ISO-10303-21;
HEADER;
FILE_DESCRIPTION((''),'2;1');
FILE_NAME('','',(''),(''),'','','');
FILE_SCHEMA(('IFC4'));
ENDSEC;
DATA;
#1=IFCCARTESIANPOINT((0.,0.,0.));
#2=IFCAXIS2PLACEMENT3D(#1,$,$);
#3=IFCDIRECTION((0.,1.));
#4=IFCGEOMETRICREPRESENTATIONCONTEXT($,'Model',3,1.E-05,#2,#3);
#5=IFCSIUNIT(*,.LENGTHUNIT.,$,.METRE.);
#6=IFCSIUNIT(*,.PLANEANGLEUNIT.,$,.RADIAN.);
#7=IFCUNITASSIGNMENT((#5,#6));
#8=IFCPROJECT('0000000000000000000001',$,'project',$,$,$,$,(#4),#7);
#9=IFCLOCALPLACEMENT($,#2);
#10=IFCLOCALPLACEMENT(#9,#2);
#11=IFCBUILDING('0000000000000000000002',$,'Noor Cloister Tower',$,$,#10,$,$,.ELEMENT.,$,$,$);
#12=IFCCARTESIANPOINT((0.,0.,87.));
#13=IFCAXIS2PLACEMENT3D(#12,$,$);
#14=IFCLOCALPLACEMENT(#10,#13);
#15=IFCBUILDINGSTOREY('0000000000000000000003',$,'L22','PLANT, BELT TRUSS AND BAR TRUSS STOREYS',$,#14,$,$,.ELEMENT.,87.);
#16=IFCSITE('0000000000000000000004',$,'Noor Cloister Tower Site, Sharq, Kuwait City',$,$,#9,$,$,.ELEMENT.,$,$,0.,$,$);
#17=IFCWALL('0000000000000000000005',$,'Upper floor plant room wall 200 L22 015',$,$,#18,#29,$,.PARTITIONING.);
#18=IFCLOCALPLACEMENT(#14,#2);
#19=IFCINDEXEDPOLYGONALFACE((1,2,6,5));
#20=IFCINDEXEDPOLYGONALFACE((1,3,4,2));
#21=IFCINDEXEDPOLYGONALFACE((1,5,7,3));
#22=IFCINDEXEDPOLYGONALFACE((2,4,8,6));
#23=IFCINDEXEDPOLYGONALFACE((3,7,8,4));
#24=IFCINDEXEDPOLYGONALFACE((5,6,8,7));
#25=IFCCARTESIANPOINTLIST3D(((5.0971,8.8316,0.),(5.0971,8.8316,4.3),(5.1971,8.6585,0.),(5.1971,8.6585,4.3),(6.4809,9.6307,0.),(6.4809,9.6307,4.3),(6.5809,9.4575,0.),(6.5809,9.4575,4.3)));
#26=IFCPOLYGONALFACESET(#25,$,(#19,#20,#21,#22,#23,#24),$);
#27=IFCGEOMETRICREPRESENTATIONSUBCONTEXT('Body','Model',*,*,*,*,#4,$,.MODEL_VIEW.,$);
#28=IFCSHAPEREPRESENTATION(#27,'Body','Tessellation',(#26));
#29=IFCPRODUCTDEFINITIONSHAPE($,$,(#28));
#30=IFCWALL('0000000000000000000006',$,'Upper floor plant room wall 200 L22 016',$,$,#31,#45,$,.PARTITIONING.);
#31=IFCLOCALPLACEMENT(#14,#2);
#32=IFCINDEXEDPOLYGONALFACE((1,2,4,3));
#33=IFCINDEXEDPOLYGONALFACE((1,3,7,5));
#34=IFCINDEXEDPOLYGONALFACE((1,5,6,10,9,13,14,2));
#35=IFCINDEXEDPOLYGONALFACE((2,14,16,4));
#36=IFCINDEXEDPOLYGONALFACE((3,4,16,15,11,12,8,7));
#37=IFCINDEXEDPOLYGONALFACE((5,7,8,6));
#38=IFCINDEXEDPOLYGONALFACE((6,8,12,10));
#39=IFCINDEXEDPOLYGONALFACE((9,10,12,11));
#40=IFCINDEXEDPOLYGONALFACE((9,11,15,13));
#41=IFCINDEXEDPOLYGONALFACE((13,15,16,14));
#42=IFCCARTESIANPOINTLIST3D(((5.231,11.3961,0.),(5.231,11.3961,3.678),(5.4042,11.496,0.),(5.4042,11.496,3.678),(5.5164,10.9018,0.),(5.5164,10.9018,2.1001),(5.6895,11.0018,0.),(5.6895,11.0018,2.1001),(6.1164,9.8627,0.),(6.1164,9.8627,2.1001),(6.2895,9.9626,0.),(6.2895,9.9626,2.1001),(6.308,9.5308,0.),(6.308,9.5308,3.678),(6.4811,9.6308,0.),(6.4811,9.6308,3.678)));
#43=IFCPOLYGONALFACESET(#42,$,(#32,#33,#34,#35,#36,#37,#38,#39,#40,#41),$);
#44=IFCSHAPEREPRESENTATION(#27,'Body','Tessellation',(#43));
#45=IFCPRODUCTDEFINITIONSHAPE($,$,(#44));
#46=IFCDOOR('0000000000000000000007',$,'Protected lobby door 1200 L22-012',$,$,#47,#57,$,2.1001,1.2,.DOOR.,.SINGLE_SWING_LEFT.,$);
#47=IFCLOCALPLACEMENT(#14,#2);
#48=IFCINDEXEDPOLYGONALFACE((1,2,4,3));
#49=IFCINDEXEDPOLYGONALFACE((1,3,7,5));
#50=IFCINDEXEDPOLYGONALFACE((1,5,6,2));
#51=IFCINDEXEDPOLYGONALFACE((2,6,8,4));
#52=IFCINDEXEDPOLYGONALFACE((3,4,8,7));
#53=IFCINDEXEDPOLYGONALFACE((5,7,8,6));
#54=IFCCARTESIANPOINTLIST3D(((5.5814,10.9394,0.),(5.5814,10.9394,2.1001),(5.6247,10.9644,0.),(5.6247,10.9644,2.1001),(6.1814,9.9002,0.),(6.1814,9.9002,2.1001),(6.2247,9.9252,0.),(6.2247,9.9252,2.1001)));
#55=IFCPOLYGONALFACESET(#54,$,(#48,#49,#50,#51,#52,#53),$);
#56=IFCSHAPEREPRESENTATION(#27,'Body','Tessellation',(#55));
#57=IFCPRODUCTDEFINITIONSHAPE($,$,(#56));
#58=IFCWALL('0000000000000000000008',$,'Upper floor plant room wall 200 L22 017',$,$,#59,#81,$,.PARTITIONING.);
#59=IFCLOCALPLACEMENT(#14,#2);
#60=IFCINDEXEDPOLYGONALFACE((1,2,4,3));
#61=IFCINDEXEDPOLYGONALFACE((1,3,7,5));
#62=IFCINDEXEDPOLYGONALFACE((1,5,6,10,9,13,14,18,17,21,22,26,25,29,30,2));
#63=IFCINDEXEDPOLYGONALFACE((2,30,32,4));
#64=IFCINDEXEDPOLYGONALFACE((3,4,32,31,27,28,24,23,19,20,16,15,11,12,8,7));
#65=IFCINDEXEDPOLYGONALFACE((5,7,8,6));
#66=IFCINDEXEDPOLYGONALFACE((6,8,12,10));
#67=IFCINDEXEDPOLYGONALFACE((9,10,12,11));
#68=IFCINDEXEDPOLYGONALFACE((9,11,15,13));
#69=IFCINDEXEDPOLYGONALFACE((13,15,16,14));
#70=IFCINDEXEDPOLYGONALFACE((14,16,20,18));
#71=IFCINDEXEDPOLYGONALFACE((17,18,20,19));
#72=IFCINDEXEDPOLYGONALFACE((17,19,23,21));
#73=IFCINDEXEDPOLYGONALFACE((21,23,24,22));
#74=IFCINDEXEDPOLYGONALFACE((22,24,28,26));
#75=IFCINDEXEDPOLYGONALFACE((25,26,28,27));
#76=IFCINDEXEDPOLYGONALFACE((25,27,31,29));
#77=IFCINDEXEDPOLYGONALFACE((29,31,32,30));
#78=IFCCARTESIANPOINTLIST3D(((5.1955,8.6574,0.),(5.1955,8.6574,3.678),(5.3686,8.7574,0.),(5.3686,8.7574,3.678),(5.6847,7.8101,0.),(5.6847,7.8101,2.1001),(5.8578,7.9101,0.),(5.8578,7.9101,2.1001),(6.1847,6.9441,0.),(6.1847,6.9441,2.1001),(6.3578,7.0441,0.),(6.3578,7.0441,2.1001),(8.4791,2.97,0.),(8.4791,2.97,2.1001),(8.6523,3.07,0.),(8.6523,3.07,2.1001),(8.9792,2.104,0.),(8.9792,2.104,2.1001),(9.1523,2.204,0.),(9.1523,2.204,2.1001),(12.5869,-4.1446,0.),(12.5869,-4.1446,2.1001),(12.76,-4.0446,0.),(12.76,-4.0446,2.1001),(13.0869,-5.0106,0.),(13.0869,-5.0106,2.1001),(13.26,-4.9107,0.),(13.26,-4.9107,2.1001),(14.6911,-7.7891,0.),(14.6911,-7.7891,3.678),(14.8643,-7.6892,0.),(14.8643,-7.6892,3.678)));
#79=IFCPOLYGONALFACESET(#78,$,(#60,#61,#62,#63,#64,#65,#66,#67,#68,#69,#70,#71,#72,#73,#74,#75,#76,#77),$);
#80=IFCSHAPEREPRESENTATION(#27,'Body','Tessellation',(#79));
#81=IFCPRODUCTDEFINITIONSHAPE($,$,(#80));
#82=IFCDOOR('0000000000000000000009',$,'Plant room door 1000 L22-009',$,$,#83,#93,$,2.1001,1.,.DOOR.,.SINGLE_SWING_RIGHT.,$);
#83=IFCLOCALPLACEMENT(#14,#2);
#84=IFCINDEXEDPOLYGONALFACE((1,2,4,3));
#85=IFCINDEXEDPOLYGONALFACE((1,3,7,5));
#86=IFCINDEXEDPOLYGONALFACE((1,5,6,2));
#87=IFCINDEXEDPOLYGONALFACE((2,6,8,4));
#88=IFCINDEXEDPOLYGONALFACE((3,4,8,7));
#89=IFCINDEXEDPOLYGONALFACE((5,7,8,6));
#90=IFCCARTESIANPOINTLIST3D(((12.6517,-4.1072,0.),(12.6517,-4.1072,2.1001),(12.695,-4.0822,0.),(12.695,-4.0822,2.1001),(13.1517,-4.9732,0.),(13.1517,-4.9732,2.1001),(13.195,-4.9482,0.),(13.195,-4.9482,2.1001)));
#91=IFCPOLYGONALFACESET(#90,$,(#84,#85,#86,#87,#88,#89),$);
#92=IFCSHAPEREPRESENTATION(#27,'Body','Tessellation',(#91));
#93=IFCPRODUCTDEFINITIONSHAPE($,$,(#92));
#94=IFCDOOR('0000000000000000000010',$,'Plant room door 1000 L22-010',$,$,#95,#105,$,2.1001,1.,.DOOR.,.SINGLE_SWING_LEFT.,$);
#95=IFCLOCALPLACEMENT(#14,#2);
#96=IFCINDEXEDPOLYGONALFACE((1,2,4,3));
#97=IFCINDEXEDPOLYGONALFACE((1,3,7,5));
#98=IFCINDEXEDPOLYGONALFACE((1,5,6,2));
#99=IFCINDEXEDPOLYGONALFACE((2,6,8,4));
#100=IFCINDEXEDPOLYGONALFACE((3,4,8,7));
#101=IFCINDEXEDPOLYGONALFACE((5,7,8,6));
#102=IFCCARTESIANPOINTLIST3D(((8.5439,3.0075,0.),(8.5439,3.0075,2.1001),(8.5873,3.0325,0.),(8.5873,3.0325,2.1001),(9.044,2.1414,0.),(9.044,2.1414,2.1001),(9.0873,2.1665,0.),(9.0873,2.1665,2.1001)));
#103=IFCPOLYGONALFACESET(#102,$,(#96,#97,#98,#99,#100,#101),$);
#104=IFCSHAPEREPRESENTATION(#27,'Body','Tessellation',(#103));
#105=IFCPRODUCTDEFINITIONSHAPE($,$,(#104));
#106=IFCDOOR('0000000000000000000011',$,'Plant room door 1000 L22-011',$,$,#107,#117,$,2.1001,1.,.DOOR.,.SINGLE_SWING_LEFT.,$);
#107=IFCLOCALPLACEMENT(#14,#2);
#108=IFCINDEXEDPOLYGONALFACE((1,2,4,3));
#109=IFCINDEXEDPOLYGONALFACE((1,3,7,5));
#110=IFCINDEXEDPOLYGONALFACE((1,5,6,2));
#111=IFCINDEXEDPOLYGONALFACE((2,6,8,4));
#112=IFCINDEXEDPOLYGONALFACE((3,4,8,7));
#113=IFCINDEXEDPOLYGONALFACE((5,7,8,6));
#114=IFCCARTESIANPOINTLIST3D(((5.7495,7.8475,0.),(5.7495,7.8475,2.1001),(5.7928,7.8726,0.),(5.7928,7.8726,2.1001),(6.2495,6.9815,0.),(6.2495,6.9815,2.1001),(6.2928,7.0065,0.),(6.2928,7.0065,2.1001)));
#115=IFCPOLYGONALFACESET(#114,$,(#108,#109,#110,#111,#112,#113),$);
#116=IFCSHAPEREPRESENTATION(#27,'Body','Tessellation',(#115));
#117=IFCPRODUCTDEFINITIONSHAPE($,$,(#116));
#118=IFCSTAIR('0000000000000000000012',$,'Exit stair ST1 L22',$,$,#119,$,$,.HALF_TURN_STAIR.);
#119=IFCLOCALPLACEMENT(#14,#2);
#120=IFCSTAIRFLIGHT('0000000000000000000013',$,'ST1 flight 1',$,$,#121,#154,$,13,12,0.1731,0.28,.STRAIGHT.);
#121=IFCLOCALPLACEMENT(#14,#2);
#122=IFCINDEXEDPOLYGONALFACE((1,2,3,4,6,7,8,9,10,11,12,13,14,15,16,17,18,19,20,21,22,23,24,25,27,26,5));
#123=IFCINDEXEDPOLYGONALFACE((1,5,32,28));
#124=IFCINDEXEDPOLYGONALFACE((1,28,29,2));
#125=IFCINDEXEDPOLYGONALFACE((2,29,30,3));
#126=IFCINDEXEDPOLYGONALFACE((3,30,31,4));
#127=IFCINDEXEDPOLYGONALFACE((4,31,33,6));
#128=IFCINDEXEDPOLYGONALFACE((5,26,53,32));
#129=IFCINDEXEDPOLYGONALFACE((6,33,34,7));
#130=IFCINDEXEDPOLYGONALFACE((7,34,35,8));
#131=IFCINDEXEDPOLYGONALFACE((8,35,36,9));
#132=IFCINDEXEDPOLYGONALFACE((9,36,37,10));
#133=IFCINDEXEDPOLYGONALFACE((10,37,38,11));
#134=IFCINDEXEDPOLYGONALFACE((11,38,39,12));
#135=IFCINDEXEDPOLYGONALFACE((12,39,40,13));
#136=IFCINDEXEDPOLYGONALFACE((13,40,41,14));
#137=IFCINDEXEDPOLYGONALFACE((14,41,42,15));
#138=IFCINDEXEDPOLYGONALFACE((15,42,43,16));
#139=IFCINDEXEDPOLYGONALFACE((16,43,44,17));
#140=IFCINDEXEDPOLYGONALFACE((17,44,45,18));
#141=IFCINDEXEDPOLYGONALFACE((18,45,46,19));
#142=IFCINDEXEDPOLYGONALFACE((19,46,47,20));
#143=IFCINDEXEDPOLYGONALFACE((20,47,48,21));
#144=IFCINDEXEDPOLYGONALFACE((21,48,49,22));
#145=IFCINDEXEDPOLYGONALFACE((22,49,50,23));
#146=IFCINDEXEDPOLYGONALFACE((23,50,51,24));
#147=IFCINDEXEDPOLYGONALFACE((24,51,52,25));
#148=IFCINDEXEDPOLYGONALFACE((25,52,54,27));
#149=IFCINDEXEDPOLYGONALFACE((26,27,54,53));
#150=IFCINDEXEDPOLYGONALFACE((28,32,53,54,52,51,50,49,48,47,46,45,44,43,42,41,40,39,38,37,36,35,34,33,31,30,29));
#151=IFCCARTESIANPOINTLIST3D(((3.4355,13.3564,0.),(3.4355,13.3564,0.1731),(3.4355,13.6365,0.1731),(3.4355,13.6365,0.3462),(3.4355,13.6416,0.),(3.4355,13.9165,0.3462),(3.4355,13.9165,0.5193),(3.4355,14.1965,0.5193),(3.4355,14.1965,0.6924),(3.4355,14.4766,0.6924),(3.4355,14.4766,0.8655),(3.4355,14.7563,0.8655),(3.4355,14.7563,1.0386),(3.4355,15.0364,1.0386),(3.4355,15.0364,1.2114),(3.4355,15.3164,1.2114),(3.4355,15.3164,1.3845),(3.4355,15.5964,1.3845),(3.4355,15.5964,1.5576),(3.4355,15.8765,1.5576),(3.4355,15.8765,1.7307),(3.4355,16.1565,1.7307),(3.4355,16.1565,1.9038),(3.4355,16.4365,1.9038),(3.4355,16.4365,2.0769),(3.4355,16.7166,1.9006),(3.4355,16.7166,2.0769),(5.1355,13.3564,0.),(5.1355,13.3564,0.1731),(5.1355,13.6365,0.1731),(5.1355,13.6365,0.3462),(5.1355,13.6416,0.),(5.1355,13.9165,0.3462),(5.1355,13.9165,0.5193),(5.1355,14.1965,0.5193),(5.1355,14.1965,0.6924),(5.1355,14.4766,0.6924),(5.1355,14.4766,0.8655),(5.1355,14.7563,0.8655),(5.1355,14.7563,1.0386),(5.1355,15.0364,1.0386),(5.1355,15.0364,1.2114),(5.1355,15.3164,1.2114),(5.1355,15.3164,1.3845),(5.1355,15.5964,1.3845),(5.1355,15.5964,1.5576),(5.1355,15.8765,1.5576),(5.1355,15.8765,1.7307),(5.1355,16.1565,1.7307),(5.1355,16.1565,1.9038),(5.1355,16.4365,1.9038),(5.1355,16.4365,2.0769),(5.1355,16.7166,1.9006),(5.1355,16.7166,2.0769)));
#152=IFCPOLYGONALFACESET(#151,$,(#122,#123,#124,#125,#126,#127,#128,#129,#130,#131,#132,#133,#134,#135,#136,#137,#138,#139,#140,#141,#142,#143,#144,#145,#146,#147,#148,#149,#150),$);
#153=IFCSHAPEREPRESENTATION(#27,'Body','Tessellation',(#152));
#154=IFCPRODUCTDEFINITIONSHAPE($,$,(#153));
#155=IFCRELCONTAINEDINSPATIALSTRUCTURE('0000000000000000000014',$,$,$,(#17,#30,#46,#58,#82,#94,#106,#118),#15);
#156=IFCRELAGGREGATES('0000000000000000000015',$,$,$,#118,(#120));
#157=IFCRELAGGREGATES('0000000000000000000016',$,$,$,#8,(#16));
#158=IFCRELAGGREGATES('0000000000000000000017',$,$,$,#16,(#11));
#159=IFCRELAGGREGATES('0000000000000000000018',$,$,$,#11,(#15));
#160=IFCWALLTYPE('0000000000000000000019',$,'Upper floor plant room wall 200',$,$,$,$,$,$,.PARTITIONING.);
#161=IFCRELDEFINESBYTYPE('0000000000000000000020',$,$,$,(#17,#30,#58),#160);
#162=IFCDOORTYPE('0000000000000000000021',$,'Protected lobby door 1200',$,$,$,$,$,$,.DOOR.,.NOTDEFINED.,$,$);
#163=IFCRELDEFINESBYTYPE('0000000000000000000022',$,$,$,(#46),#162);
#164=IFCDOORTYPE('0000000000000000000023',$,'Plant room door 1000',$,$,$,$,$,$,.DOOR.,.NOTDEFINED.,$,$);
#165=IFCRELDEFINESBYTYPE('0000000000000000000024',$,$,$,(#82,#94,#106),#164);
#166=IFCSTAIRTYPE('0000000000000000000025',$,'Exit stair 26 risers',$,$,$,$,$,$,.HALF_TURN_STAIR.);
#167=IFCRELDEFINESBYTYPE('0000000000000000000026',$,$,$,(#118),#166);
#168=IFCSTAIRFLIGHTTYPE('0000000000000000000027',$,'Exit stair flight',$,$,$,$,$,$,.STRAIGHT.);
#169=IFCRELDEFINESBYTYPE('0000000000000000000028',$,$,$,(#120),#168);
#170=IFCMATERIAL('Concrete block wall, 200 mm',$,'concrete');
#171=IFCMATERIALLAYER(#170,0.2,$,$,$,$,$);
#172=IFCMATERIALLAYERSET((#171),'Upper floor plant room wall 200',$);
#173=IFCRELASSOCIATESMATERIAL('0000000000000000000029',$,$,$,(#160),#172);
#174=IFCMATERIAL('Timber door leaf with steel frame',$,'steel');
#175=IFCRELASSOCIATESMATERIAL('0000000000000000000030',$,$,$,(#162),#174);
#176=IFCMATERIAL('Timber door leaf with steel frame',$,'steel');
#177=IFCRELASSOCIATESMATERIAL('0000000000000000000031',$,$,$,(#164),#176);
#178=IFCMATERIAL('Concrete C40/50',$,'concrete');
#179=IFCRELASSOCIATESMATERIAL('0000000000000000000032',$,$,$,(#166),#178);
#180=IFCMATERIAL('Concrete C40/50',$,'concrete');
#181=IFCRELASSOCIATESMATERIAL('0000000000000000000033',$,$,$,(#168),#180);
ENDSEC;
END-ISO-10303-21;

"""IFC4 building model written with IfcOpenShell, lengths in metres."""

from ifc_helpers import new_model, si_unit, direction, frame, frame_2d, origin, place, context, subcontext, project, spatial, polyline, rectangle, outline, extrude, material, layer, layer_set, type_object, element, fill, aggregate, save


model = new_model("IFC4")

# Units and contexts
model_context = context("Model", 3, precision=1e-05, world=origin(), true_north=direction((0.0, 1.0)))
body_context = subcontext(model_context, "Body", "Model", "MODEL_VIEW")
ifc_project = project(units=[si_unit("LENGTHUNIT", "METRE"), si_unit("PLANEANGLEUNIT", "RADIAN")], contexts=[model_context])

# Site, building, storey
site_placement = place(None, origin())
site = spatial("IfcSite", under=ifc_project, at=site_placement, Name="Noor Cloister Tower Site, Sharq, Kuwait City", CompositionType="ELEMENT", RefElevation=0.0)
building_placement = place(site_placement, origin())
building = spatial("IfcBuilding", under=site, at=building_placement, Name="Noor Cloister Tower", CompositionType="ELEMENT")
storey_placement = place(building_placement, frame((0.0, 0.0, 87.0)))
storey = spatial("IfcBuildingStorey", under=building, at=storey_placement, Name="L22", Description="PLANT, BELT TRUSS AND BAR TRUSS STOREYS", CompositionType="ELEMENT", Elevation=87.0)

# Wall
ifc_material_1 = material(Name="Concrete block wall, 200 mm", Category="concrete")
ifc_layer_1 = layer(ifc_material_1, 0.2)
ifc_layer_set_1 = layer_set([ifc_layer_1], Name="Upper floor plant room wall 200")
wall_type_1 = type_object("IfcWallType", Name="Upper floor plant room wall 200", PredefinedType="PARTITIONING", material=ifc_layer_set_1)
wall_1_placement = place(storey_placement, frame((5.1472, 8.7451, 0.0), z_axis=(0.0, 0.0, 1.0), x_axis=(0.865987, 0.500066, 0.0)))
element("IfcWall", 1, at=wall_1_placement, inside=storey, type_object=wall_type_1, Name="Upper floor plant room wall 200 L22 015", PredefinedType="PARTITIONING", context=body_context, shape_type="SweptSolid", body=[
    extrude(rectangle(XDim=1.5979, YDim=0.2, at=frame_2d((0.7988, 0.0))), origin(), (0.0, 0.0, 1.0), 4.3),
])

# Wall, opening, door
wall_2_placement = place(storey_placement, frame((6.3945, 9.5808, 0.0), z_axis=(0.0, 0.0, 1.0), x_axis=(-0.500004, 0.866023, 0.0)))
wall_2 = element("IfcWall", 2, at=wall_2_placement, inside=storey, type_object=wall_type_1, Name="Upper floor plant room wall 200 L22 016", PredefinedType="PARTITIONING", context=body_context, shape_type="SweptSolid", body=[
    extrude(rectangle(XDim=2.1538, YDim=0.2, at=frame_2d((1.0769, 0.0))), origin(), (0.0, 0.0, 1.0), 3.678),
])
opening_1_placement = place(wall_2_placement, frame((0.3831, 0.0, 0.0)))
opening_1 = element("IfcOpeningElement", 3, at=opening_1_placement, cuts=wall_2, PredefinedType="OPENING", context=body_context, shape_type="SweptSolid", body=[
    extrude(rectangle(XDim=1.2, YDim=2.1001, at=frame_2d((0.6001, 1.05))), frame((0.0, 0.1099, 0.0), z_axis=(0.0, -1.0, 0.0), x_axis=(1.0, 0.0, 0.0)), (0.0, 0.0, 1.0), 0.22),
])
ifc_material_2 = material(Name="Timber door leaf with steel frame", Category="steel")
door_type_1 = type_object("IfcDoorType", Name="Protected lobby door 1200", OperationType="NOTDEFINED", PredefinedType="DOOR", material=ifc_material_2)
door_1_placement = place(opening_1_placement, origin())
door_1 = element("IfcDoor", 4, at=door_1_placement, inside=storey, type_object=door_type_1, Name="Protected lobby door 1200 L22-012", OperationType="SINGLE_SWING_LEFT", OverallHeight=2.1001, OverallWidth=1.2, PredefinedType="DOOR", context=body_context, shape_type="SweptSolid", body=[
    extrude(rectangle(XDim=1.2, YDim=2.1001, at=frame_2d((0.6001, 1.05))), frame((0.0, 0.0249, 0.0), z_axis=(0.0, -1.0, 0.0), x_axis=(1.0, 0.0, 0.0)), (0.0, 0.0, 1.0), 0.05),
])
fill(opening_1, door_1)

# Wall, openings, doors
wall_3_placement = place(storey_placement, frame((5.282, 8.7075, 0.0), z_axis=(0.0, 0.0, 1.0), x_axis=(0.500008, -0.866021, 0.0)))
wall_3 = element("IfcWall", 5, at=wall_3_placement, inside=storey, type_object=wall_type_1, Name="Upper floor plant room wall 200 L22 017", PredefinedType="PARTITIONING", context=body_context, shape_type="SweptSolid", body=[
    extrude(rectangle(XDim=18.991, YDim=0.2, at=frame_2d((9.4956, 0.0))), origin(), (0.0, 0.0, 1.0), 3.678),
])
opening_2_placement = place(wall_3_placement, frame((14.7827, 0.0, 0.0)))
opening_2 = element("IfcOpeningElement", 6, at=opening_2_placement, cuts=wall_3, PredefinedType="OPENING", context=body_context, shape_type="SweptSolid", body=[
    extrude(rectangle(XDim=1.0, YDim=2.1001, at=frame_2d((0.5, 1.05))), frame((0.0, 0.1099, 0.0), z_axis=(0.0, -1.0, 0.0), x_axis=(1.0, 0.0, 0.0)), (0.0, 0.0, 1.0), 0.22),
])
opening_3_placement = place(wall_3_placement, frame((6.5674, 0.0, 0.0)))
opening_3 = element("IfcOpeningElement", 7, at=opening_3_placement, cuts=wall_3, PredefinedType="OPENING", context=body_context, shape_type="SweptSolid", body=[
    extrude(rectangle(XDim=1.0, YDim=2.1001, at=frame_2d((0.5, 1.05))), frame((0.0, 0.1099, 0.0), z_axis=(0.0, -1.0, 0.0), x_axis=(1.0, 0.0, 0.0)), (0.0, 0.0, 1.0), 0.22),
])
opening_4_placement = place(wall_3_placement, frame((0.9785, 0.0, 0.0)))
opening_4 = element("IfcOpeningElement", 8, at=opening_4_placement, cuts=wall_3, PredefinedType="OPENING", context=body_context, shape_type="SweptSolid", body=[
    extrude(rectangle(XDim=1.0, YDim=2.1001, at=frame_2d((0.5, 1.05))), frame((0.0, 0.1099, 0.0), z_axis=(0.0, -1.0, 0.0), x_axis=(1.0, 0.0, 0.0)), (0.0, 0.0, 1.0), 0.22),
])
ifc_material_3 = material(Name="Timber door leaf with steel frame", Category="steel")
door_type_2 = type_object("IfcDoorType", Name="Plant room door 1000", OperationType="NOTDEFINED", PredefinedType="DOOR", material=ifc_material_3)
door_2_placement = place(opening_2_placement, origin())
door_2 = element("IfcDoor", 9, at=door_2_placement, inside=storey, type_object=door_type_2, Name="Plant room door 1000 L22-009", OperationType="SINGLE_SWING_RIGHT", OverallHeight=2.1001, OverallWidth=1.0, PredefinedType="DOOR", context=body_context, shape_type="SweptSolid", body=[
    extrude(rectangle(XDim=1.0, YDim=2.1001, at=frame_2d((0.5, 1.05))), frame((0.0, 0.0249, 0.0), z_axis=(0.0, -1.0, 0.0), x_axis=(1.0, 0.0, 0.0)), (0.0, 0.0, 1.0), 0.05),
])
fill(opening_2, door_2)
door_3_placement = place(opening_3_placement, origin())
door_3 = element("IfcDoor", 10, at=door_3_placement, inside=storey, type_object=door_type_2, Name="Plant room door 1000 L22-010", OperationType="SINGLE_SWING_LEFT", OverallHeight=2.1001, OverallWidth=1.0, PredefinedType="DOOR", context=body_context, shape_type="SweptSolid", body=[
    extrude(rectangle(XDim=1.0, YDim=2.1001, at=frame_2d((0.5, 1.05))), frame((0.0, 0.0249, 0.0), z_axis=(0.0, -1.0, 0.0), x_axis=(1.0, 0.0, 0.0)), (0.0, 0.0, 1.0), 0.05),
])
fill(opening_3, door_3)
door_4_placement = place(opening_4_placement, origin())
door_4 = element("IfcDoor", 11, at=door_4_placement, inside=storey, type_object=door_type_2, Name="Plant room door 1000 L22-011", OperationType="SINGLE_SWING_LEFT", OverallHeight=2.1001, OverallWidth=1.0, PredefinedType="DOOR", context=body_context, shape_type="SweptSolid", body=[
    extrude(rectangle(XDim=1.0, YDim=2.1001, at=frame_2d((0.5, 1.05))), frame((0.0, 0.0249, 0.0), z_axis=(0.0, -1.0, 0.0), x_axis=(1.0, 0.0, 0.0)), (0.0, 0.0, 1.0), 0.05),
])
fill(opening_4, door_4)

# Stair, stair flight
ifc_material_4 = material(Name="Concrete C40/50", Category="concrete")
stair_type = type_object("IfcStairType", Name="Exit stair 26 risers", PredefinedType="HALF_TURN_STAIR", material=ifc_material_4)
stair_placement = place(storey_placement, origin())
stair = element("IfcStair", 12, at=stair_placement, inside=storey, type_object=stair_type, Name="Exit stair ST1 L22", PredefinedType="HALF_TURN_STAIR")
ifc_material_5 = material(Name="Concrete C40/50", Category="concrete")
stair_flight_type = type_object("IfcStairFlightType", Name="Exit stair flight", PredefinedType="STRAIGHT", material=ifc_material_5)
stair_flight_placement = place(storey_placement, frame((4.2856, 13.3564, 0.0), z_axis=(0.0, 0.0, 1.0), x_axis=(0.0, 1.0, 0.0)))
stair_flight = element("IfcStairFlight", 13, at=stair_flight_placement, type_object=stair_flight_type, Name="ST1 flight 1", NumberOfRisers=13, NumberOfTreads=12, PredefinedType="STRAIGHT", RiserHeight=0.1731, TreadLength=0.28, context=body_context, shape_type="SweptSolid", body=[
    extrude(outline(polyline([(0.0, 0.0), (0.0, 0.1731), (0.28, 0.1731), (0.28, 0.3462), (0.5601, 0.3462), (0.5601, 0.5193), (0.8401, 0.5193), (0.8401, 0.6924), (1.1201, 0.6924), (1.1201, 0.8655), (1.3999, 0.8655), (1.3999, 1.0386), (1.6799, 1.0386), (1.6799, 1.2114), (1.96, 1.2114), (1.96, 1.3845), (2.24, 1.3845), (2.24, 1.5576), (2.52, 1.5576), (2.52, 1.7307), (2.8, 1.7307), (2.8, 1.9038), (3.0801, 1.9038), (3.0801, 2.0769), (3.3601, 2.0769), (3.3601, 2.25), (3.3601, 1.9006), (0.2852, 0.0), (0.0, 0.0)])), frame((0.0, 0.8501, 0.0), z_axis=(0.0, -1.0, 0.0), x_axis=(1.0, 0.0, 0.0)), (0.0, 0.0, 1.0), 1.7),
])
aggregate(stair, [stair_flight])

save(model, "model.ifc")
